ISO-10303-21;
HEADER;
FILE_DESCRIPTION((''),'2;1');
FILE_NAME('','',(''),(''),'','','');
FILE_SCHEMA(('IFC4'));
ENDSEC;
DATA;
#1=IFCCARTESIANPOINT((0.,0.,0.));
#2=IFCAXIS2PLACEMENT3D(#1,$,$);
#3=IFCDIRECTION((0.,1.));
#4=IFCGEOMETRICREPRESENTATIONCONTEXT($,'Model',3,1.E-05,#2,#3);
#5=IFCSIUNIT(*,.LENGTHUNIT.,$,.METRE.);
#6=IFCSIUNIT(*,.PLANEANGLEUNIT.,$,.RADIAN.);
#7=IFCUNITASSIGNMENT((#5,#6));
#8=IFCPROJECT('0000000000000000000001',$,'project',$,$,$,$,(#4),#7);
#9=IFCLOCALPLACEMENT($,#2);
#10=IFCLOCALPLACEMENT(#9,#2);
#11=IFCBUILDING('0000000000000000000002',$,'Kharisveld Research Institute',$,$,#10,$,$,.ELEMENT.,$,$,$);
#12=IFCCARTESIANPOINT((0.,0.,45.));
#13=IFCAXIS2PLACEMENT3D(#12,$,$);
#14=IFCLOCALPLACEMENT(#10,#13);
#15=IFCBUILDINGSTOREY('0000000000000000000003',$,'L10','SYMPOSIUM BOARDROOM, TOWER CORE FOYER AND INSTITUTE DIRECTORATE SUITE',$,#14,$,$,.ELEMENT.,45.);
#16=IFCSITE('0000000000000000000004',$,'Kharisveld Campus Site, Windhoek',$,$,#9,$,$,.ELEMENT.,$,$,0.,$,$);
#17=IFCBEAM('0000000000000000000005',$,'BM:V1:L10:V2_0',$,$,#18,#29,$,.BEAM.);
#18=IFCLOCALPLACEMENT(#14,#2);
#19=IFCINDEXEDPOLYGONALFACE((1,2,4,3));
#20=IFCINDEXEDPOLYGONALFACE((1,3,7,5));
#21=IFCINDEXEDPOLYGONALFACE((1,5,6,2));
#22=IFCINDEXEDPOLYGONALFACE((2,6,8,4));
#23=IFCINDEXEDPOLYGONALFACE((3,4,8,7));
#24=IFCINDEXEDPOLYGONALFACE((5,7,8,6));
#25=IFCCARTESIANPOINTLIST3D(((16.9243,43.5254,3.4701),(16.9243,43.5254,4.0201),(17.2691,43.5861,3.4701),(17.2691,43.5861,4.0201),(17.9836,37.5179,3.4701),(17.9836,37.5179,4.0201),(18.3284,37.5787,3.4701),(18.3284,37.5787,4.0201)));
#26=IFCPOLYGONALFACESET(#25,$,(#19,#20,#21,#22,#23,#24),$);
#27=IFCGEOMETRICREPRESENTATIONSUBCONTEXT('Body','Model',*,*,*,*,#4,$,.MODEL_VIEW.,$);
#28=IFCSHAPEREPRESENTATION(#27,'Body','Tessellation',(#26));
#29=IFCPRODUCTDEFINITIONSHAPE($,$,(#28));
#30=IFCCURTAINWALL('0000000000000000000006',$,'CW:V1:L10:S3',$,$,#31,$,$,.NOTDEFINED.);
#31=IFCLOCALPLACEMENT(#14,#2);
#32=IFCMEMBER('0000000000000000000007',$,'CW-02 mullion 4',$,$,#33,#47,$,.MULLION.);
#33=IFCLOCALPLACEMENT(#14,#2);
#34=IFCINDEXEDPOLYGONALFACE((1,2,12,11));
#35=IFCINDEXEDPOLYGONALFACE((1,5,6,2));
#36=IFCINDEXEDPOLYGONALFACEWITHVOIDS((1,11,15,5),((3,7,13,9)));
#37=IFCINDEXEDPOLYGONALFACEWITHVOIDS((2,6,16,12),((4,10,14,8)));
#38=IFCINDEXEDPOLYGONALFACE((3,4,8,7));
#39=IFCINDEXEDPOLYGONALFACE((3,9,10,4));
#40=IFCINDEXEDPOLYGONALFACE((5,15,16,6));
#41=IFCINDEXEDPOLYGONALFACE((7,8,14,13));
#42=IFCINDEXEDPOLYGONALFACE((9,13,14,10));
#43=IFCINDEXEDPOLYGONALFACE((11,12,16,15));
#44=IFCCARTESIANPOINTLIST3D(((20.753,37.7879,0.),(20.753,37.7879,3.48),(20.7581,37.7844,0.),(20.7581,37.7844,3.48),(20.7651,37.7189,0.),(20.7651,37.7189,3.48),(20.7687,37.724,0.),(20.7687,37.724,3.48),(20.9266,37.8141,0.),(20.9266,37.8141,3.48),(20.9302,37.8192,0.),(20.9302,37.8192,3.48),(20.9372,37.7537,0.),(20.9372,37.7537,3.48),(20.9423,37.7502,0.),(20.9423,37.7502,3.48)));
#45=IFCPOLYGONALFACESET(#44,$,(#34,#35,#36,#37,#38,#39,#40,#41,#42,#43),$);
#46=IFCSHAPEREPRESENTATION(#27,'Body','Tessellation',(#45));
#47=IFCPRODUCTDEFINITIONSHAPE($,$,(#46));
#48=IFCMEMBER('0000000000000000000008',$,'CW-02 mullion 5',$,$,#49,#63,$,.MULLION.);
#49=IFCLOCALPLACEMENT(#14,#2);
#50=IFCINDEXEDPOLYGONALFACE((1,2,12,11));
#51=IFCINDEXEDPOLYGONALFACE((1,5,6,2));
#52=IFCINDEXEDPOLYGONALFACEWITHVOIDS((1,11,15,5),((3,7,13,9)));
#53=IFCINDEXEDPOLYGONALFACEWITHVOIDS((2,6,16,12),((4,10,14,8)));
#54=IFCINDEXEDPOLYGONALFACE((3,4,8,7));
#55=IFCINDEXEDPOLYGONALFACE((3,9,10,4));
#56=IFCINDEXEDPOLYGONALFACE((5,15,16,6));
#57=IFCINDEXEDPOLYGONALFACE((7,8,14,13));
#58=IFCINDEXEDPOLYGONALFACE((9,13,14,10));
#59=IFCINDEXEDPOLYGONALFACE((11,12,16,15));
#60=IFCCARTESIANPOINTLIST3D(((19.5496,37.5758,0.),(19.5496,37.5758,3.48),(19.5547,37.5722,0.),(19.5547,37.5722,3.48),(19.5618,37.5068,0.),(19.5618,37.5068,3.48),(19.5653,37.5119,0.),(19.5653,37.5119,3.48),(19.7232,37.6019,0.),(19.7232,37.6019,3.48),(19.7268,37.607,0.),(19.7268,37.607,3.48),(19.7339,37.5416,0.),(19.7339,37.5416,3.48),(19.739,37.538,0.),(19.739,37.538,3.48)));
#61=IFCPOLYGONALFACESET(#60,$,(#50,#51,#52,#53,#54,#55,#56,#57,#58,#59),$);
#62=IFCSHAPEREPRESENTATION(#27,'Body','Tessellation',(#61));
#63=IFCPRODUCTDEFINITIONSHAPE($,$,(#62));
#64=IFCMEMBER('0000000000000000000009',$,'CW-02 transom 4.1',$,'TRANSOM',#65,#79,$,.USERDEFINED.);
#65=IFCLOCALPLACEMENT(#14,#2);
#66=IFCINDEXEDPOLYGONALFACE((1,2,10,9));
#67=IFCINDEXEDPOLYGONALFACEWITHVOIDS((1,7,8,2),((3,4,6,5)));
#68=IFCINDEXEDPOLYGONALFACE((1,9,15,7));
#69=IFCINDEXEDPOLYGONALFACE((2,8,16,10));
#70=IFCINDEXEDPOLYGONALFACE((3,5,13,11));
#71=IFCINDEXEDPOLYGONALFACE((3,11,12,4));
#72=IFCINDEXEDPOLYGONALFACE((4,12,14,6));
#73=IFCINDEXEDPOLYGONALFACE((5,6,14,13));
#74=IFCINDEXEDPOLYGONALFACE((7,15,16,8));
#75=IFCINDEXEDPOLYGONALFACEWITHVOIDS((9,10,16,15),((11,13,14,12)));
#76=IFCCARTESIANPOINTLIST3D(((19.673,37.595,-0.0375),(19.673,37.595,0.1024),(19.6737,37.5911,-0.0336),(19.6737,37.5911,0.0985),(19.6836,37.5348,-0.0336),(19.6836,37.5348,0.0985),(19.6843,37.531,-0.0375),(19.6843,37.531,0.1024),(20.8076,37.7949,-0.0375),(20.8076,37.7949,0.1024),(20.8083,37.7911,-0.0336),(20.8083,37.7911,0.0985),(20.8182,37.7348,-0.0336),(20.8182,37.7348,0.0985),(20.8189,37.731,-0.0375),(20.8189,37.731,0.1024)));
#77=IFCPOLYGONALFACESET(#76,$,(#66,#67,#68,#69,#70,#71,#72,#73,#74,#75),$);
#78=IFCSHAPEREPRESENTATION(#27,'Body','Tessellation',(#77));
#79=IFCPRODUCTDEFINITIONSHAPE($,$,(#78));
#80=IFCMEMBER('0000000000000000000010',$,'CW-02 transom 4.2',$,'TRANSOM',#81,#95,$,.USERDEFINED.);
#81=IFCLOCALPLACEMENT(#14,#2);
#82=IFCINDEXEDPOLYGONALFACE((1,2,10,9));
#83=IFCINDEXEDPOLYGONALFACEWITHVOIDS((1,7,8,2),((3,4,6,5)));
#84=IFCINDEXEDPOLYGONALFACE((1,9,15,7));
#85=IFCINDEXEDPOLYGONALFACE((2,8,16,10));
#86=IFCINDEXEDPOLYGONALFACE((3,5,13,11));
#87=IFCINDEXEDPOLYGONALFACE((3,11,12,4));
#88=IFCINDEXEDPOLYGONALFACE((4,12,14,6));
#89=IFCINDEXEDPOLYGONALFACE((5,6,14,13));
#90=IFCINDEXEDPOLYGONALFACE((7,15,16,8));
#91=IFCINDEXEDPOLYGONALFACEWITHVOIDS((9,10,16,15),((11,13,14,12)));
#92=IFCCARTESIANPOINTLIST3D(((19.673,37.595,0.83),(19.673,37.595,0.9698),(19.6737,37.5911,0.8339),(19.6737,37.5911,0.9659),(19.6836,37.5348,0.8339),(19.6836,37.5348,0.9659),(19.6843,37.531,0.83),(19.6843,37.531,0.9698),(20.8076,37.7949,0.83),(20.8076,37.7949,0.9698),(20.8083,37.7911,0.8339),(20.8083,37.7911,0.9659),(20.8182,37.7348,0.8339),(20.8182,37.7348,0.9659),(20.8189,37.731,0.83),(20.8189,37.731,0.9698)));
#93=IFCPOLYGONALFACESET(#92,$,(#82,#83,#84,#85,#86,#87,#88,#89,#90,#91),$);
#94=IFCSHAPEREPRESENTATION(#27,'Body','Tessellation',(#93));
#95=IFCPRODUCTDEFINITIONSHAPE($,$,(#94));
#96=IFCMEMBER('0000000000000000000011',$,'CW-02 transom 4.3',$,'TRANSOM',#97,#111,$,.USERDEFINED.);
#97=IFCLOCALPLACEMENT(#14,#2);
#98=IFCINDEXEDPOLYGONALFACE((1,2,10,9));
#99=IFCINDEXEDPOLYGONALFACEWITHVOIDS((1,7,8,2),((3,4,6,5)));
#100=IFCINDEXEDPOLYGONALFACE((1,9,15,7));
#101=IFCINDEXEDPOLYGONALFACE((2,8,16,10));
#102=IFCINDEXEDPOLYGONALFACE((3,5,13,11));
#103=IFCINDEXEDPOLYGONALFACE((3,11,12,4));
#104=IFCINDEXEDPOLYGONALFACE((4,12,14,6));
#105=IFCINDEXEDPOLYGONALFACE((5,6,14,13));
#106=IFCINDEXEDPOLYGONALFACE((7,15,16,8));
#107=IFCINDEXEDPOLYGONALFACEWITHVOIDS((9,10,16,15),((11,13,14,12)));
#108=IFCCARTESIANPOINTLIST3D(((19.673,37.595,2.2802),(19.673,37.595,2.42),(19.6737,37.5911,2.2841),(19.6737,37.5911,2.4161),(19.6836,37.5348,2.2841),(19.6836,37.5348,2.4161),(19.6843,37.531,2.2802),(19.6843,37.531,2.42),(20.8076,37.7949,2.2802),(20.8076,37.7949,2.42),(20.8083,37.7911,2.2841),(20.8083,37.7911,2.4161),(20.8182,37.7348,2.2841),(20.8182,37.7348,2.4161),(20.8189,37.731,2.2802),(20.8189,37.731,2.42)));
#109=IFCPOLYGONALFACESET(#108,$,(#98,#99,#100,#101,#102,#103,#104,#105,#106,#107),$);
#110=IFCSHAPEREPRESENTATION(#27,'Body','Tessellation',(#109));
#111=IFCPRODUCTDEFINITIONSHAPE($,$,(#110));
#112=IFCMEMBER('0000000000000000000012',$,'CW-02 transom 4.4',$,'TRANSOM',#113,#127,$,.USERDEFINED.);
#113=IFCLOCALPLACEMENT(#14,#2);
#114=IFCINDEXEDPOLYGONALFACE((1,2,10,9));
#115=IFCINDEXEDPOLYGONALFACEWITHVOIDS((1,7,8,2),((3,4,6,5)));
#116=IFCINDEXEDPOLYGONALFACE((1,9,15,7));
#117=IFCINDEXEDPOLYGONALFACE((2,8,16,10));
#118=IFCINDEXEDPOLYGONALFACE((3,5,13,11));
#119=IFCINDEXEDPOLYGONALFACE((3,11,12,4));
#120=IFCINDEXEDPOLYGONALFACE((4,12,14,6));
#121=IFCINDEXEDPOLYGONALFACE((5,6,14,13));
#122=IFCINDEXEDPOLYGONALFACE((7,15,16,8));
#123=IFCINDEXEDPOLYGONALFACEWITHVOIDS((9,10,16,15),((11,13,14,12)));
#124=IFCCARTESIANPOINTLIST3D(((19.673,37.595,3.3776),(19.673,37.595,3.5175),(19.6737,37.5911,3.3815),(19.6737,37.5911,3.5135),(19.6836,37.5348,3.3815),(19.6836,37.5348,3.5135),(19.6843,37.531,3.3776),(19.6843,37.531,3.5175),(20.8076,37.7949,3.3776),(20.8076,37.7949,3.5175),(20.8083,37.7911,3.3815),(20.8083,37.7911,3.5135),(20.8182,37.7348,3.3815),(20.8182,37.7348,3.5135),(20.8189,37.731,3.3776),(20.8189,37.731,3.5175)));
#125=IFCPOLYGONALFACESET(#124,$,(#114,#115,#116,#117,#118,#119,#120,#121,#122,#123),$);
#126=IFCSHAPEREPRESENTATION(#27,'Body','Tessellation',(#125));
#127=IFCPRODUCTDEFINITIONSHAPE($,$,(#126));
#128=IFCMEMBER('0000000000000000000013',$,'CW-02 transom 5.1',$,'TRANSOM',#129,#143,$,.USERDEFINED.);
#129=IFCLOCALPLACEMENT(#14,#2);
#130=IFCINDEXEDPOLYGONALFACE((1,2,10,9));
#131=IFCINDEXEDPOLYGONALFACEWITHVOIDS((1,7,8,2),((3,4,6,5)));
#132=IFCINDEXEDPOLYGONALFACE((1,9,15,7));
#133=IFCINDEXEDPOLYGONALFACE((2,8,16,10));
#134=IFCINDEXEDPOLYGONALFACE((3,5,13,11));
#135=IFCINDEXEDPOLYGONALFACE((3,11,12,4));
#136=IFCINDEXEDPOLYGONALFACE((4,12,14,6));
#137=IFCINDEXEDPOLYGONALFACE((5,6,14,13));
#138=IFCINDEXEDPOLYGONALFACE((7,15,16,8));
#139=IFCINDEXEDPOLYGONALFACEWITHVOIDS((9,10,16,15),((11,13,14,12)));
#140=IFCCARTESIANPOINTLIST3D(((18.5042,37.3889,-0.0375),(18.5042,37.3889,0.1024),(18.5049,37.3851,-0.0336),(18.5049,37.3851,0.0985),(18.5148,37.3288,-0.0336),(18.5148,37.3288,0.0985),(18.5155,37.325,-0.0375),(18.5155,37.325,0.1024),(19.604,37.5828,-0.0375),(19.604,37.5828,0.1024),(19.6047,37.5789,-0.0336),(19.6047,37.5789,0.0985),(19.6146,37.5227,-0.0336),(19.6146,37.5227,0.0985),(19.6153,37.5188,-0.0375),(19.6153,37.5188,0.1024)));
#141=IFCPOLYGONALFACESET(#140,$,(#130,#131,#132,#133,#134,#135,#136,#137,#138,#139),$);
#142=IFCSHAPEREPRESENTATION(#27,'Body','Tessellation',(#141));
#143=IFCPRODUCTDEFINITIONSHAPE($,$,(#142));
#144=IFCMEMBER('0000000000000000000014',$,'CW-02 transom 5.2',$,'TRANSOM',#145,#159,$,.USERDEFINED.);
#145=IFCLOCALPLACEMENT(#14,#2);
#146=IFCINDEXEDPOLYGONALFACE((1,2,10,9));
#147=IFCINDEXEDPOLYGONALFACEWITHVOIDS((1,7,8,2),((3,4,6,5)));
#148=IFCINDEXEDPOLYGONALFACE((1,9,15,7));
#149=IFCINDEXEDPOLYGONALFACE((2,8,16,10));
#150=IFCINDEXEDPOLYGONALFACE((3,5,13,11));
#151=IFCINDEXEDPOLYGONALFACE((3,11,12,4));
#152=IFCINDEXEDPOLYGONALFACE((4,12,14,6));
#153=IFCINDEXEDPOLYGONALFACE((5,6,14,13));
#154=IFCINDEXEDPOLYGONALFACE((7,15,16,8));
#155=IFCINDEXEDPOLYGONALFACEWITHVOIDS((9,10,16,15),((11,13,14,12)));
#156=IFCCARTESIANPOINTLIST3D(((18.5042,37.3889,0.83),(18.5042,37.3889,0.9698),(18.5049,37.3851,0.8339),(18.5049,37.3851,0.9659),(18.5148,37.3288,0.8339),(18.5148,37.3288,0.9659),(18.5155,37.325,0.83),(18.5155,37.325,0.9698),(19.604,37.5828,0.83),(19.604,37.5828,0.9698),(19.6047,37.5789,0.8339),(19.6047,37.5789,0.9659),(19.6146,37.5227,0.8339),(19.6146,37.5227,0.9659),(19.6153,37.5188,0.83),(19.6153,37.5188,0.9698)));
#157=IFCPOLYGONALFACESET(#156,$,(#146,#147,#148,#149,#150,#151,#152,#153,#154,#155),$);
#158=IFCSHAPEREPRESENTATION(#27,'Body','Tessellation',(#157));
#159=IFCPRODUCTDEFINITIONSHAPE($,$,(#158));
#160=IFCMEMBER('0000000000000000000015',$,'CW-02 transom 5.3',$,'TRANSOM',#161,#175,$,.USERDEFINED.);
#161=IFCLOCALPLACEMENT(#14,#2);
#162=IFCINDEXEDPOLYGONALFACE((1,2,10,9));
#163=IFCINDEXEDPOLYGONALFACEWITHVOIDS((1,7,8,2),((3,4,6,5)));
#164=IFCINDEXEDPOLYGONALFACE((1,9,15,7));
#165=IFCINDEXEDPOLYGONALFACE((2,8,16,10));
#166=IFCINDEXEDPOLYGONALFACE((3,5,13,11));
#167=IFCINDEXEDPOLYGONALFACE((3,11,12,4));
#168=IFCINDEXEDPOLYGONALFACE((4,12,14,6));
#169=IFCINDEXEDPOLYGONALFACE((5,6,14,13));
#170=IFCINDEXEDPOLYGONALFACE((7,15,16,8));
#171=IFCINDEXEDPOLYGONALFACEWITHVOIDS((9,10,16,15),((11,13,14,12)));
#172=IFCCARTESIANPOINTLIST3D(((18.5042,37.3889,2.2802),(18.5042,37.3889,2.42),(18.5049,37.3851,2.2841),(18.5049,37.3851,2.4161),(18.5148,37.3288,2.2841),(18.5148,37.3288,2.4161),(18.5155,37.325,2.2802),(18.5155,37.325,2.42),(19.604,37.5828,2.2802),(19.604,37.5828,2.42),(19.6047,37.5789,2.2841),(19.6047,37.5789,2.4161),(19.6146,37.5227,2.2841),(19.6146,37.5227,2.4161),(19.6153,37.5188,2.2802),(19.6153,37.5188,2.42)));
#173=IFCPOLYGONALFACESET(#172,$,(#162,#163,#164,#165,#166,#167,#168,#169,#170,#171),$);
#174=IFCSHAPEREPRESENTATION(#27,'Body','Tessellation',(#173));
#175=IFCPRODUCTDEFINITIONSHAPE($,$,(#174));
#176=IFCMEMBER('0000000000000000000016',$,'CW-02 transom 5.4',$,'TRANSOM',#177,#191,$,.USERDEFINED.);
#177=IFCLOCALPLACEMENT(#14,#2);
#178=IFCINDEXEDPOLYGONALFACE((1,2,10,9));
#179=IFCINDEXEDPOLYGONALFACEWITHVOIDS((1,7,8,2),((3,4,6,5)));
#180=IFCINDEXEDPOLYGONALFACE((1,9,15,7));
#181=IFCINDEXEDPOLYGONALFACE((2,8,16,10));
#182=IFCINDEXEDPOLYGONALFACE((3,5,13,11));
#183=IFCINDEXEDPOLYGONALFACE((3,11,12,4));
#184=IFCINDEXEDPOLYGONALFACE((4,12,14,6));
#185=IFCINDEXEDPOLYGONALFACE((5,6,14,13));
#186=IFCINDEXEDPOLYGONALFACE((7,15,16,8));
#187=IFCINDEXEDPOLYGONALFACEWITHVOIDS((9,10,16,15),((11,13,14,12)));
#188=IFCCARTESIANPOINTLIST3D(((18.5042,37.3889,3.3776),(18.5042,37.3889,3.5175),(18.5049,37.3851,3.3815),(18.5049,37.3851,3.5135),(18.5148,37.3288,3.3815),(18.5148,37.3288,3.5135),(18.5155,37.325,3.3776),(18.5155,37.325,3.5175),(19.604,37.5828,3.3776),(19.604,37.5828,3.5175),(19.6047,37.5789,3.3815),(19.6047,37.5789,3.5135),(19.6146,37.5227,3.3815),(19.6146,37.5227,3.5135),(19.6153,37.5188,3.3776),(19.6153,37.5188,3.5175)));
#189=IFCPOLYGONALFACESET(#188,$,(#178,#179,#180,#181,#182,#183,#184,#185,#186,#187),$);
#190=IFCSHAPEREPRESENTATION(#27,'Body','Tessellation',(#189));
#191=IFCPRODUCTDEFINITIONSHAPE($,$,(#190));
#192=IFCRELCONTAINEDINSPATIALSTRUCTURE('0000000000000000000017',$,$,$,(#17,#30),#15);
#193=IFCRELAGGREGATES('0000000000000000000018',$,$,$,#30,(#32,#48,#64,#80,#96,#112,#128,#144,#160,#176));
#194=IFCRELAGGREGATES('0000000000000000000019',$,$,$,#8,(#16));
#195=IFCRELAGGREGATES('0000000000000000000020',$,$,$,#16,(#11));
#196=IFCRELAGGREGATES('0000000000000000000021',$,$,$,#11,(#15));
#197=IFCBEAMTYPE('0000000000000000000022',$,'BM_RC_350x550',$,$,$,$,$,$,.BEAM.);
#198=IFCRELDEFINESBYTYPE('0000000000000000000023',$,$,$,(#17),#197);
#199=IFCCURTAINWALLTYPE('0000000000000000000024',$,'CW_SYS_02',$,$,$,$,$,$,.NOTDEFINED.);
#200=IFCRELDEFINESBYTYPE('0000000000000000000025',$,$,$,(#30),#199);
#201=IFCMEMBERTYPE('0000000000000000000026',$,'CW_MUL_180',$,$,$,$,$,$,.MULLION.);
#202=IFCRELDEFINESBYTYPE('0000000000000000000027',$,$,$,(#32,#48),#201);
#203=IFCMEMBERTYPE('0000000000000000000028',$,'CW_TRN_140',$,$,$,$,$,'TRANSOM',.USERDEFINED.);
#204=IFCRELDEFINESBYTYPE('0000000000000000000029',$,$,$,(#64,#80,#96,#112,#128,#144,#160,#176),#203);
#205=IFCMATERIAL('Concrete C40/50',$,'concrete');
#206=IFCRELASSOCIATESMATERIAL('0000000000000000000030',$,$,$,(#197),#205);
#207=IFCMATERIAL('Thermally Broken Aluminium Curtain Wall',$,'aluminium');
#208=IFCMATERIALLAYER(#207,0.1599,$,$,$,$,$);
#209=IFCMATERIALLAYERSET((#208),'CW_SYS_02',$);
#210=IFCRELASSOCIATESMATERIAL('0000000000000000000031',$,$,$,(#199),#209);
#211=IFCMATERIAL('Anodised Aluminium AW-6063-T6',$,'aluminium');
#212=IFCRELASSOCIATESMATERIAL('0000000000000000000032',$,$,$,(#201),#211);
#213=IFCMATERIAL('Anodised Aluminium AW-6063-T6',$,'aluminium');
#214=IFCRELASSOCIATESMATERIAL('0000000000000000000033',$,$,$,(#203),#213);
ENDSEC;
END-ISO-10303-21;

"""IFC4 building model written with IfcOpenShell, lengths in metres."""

from ifc_helpers import new_model, si_unit, direction, frame, origin, origin_2d, place, context, subcontext, project, spatial, rectangle, hollow_rectangle, extrude, material, layer, layer_set, material_profile, profile_set, type_object, element, aggregate, save


model = new_model("IFC4")

# Units and contexts
model_context = context("Model", 3, precision=1e-05, world=origin(), true_north=direction((0.0, 1.0)))
body_context = subcontext(model_context, "Body", "Model", "MODEL_VIEW")
ifc_project = project(units=[si_unit("LENGTHUNIT", "METRE"), si_unit("PLANEANGLEUNIT", "RADIAN")], contexts=[model_context])

# Site, building, storey
site_placement = place(None, origin())
site = spatial("IfcSite", under=ifc_project, at=site_placement, Name="Kharisveld Campus Site, Windhoek", CompositionType="ELEMENT", RefElevation=0.0)
building_placement = place(site_placement, origin())
building = spatial("IfcBuilding", under=site, at=building_placement, Name="Kharisveld Research Institute", CompositionType="ELEMENT")
storey_placement = place(building_placement, frame((0.0, 0.0, 45.0)))
storey = spatial("IfcBuildingStorey", under=building, at=storey_placement, Name="L10", Description="SYMPOSIUM BOARDROOM, TOWER CORE FOYER AND INSTITUTE DIRECTORATE SUITE", CompositionType="ELEMENT", Elevation=45.0)

# Beam
ifc_material_1 = material(Name="Concrete C40/50", Category="concrete")
ifc_material_profile_1 = material_profile(ifc_material_1, rectangle(XDim=0.3501, YDim=0.55, at=origin_2d()))
ifc_profile_set_1 = profile_set([ifc_material_profile_1], Name="Concrete C40/50")
beam_type = type_object("IfcBeamType", Name="BM_RC_350x550", PredefinedType="BEAM", material=ifc_profile_set_1)
beam_placement = place(storey_placement, frame((18.156, 37.5483, 3.7451), z_axis=(-0.17366, 0.984806, 0.0), x_axis=(-0.984806, -0.17366, 0.0)))
element("IfcBeam", 1, at=beam_placement, inside=storey, type_object=beam_type, Name="BM:V1:L10:V2_0", PredefinedType="BEAM", context=body_context, shape_type="SweptSolid", body=[
    extrude(rectangle(XDim=0.3501, YDim=0.55, at=origin_2d()), origin(), (0.0, 0.0, 1.0), 6.1001),
])

# Curtain wall, members
ifc_material_2 = material(Name="Thermally Broken Aluminium Curtain Wall", Category="aluminium")
ifc_layer_1 = layer(ifc_material_2, 0.1599)
ifc_layer_set_1 = layer_set([ifc_layer_1], Name="CW_SYS_02")
curtain_wall_type = type_object("IfcCurtainWallType", Name="CW_SYS_02", PredefinedType="NOTDEFINED", material=ifc_layer_set_1)
curtain_wall_placement = place(storey_placement, origin())
curtain_wall = element("IfcCurtainWall", 2, at=curtain_wall_placement, inside=storey, type_object=curtain_wall_type, Name="CW:V1:L10:S3", PredefinedType="NOTDEFINED")
ifc_material_3 = material(Name="Anodised Aluminium AW-6063-T6", Category="aluminium")
ifc_material_profile_2 = material_profile(ifc_material_3, hollow_rectangle(XDim=0.0701, YDim=0.1799, WallThickness=0.0044, at=origin_2d()))
ifc_profile_set_2 = profile_set([ifc_material_profile_2], Name="Anodised Aluminium AW-6063-T6")
member_type_1 = type_object("IfcMemberType", Name="CW_MUL_180", PredefinedType="MULLION", material=ifc_profile_set_2)
member_1_placement = place(storey_placement, frame((20.8477, 37.769, 0.0), z_axis=(0.0, 0.0, 1.0), x_axis=(0.173648, -0.984808, 0.0)))
member_1 = element("IfcMember", 3, at=member_1_placement, type_object=member_type_1, Name="CW-02 mullion 4", PredefinedType="MULLION", context=body_context, shape_type="SweptSolid", body=[
    extrude(hollow_rectangle(XDim=0.0701, YDim=0.1799, WallThickness=0.0044, at=origin_2d()), origin(), (0.0, 0.0, 1.0), 3.48),
])
member_2_placement = place(storey_placement, frame((19.6443, 37.5569, 0.0), z_axis=(0.0, 0.0, 1.0), x_axis=(0.173648, -0.984808, 0.0)))
member_2 = element("IfcMember", 4, at=member_2_placement, type_object=member_type_1, Name="CW-02 mullion 5", PredefinedType="MULLION", context=body_context, shape_type="SweptSolid", body=[
    extrude(hollow_rectangle(XDim=0.0701, YDim=0.1799, WallThickness=0.0044, at=origin_2d()), origin(), (0.0, 0.0, 1.0), 3.48),
])
ifc_material_4 = material(Name="Anodised Aluminium AW-6063-T6", Category="aluminium")
ifc_material_profile_3 = material_profile(ifc_material_4, hollow_rectangle(XDim=0.0649, YDim=0.1399, WallThickness=0.0039, at=origin_2d()))
ifc_profile_set_3 = profile_set([ifc_material_profile_3], Name="Anodised Aluminium AW-6063-T6")
member_type_2 = type_object("IfcMemberType", Name="CW_TRN_140", ElementType="TRANSOM", PredefinedType="USERDEFINED", material=ifc_profile_set_3)
member_3_placement = place(storey_placement, frame((20.8132, 37.7629, 0.0325), z_axis=(-0.984822, -0.173568, 0.0), x_axis=(0.173568, -0.984822, 0.0)))
member_3 = element("IfcMember", 5, at=member_3_placement, type_object=member_type_2, Name="CW-02 transom 4.1", ObjectType="TRANSOM", PredefinedType="USERDEFINED", context=body_context, shape_type="SweptSolid", body=[
    extrude(hollow_rectangle(XDim=0.0649, YDim=0.1399, WallThickness=0.0039, at=origin_2d()), origin(), (0.0, 0.0, 1.0), 1.1521),
])
member_4_placement = place(storey_placement, frame((20.8132, 37.7629, 0.8999), z_axis=(-0.984822, -0.173568, 0.0), x_axis=(0.173568, -0.984822, 0.0)))
member_4 = element("IfcMember", 6, at=member_4_placement, type_object=member_type_2, Name="CW-02 transom 4.2", ObjectType="TRANSOM", PredefinedType="USERDEFINED", context=body_context, shape_type="SweptSolid", body=[
    extrude(hollow_rectangle(XDim=0.0649, YDim=0.1399, WallThickness=0.0039, at=origin_2d()), origin(), (0.0, 0.0, 1.0), 1.1521),
])
member_5_placement = place(storey_placement, frame((20.8132, 37.7629, 2.3501), z_axis=(-0.984822, -0.173568, 0.0), x_axis=(0.173568, -0.984822, 0.0)))
member_5 = element("IfcMember", 7, at=member_5_placement, type_object=member_type_2, Name="CW-02 transom 4.3", ObjectType="TRANSOM", PredefinedType="USERDEFINED", context=body_context, shape_type="SweptSolid", body=[
    extrude(hollow_rectangle(XDim=0.0649, YDim=0.1399, WallThickness=0.0039, at=origin_2d()), origin(), (0.0, 0.0, 1.0), 1.1521),
])
member_6_placement = place(storey_placement, frame((20.8132, 37.7629, 3.4475), z_axis=(-0.984822, -0.173568, 0.0), x_axis=(0.173568, -0.984822, 0.0)))
member_6 = element("IfcMember", 8, at=member_6_placement, type_object=member_type_2, Name="CW-02 transom 4.4", ObjectType="TRANSOM", PredefinedType="USERDEFINED", context=body_context, shape_type="SweptSolid", body=[
    extrude(hollow_rectangle(XDim=0.0649, YDim=0.1399, WallThickness=0.0039, at=origin_2d()), origin(), (0.0, 0.0, 1.0), 1.1521),
])
member_7_placement = place(storey_placement, frame((19.6096, 37.5508, 0.0325), z_axis=(-0.984821, -0.173573, 0.0), x_axis=(0.173573, -0.984821, 0.0)))
member_7 = element("IfcMember", 9, at=member_7_placement, type_object=member_type_2, Name="CW-02 transom 5.1", ObjectType="TRANSOM", PredefinedType="USERDEFINED", context=body_context, shape_type="SweptSolid", body=[
    extrude(hollow_rectangle(XDim=0.0649, YDim=0.1399, WallThickness=0.0039, at=origin_2d()), origin(), (0.0, 0.0, 1.0), 1.1167),
])
member_8_placement = place(storey_placement, frame((19.6096, 37.5508, 0.8999), z_axis=(-0.984821, -0.173573, 0.0), x_axis=(0.173573, -0.984821, 0.0)))
member_8 = element("IfcMember", 10, at=member_8_placement, type_object=member_type_2, Name="CW-02 transom 5.2", ObjectType="TRANSOM", PredefinedType="USERDEFINED", context=body_context, shape_type="SweptSolid", body=[
    extrude(hollow_rectangle(XDim=0.0649, YDim=0.1399, WallThickness=0.0039, at=origin_2d()), origin(), (0.0, 0.0, 1.0), 1.1167),
])
member_9_placement = place(storey_placement, frame((19.6096, 37.5508, 2.3501), z_axis=(-0.984821, -0.173573, 0.0), x_axis=(0.173573, -0.984821, 0.0)))
member_9 = element("IfcMember", 11, at=member_9_placement, type_object=member_type_2, Name="CW-02 transom 5.3", ObjectType="TRANSOM", PredefinedType="USERDEFINED", context=body_context, shape_type="SweptSolid", body=[
    extrude(hollow_rectangle(XDim=0.0649, YDim=0.1399, WallThickness=0.0039, at=origin_2d()), origin(), (0.0, 0.0, 1.0), 1.1167),
])
member_10_placement = place(storey_placement, frame((19.6096, 37.5508, 3.4475), z_axis=(-0.984821, -0.173573, 0.0), x_axis=(0.173573, -0.984821, 0.0)))
member_10 = element("IfcMember", 12, at=member_10_placement, type_object=member_type_2, Name="CW-02 transom 5.4", ObjectType="TRANSOM", PredefinedType="USERDEFINED", context=body_context, shape_type="SweptSolid", body=[
    extrude(hollow_rectangle(XDim=0.0649, YDim=0.1399, WallThickness=0.0039, at=origin_2d()), origin(), (0.0, 0.0, 1.0), 1.1167),
])
aggregate(curtain_wall, [member_1, member_2, member_3, member_4, member_5, member_6, member_7, member_8, member_9, member_10])

save(model, "model.ifc")
